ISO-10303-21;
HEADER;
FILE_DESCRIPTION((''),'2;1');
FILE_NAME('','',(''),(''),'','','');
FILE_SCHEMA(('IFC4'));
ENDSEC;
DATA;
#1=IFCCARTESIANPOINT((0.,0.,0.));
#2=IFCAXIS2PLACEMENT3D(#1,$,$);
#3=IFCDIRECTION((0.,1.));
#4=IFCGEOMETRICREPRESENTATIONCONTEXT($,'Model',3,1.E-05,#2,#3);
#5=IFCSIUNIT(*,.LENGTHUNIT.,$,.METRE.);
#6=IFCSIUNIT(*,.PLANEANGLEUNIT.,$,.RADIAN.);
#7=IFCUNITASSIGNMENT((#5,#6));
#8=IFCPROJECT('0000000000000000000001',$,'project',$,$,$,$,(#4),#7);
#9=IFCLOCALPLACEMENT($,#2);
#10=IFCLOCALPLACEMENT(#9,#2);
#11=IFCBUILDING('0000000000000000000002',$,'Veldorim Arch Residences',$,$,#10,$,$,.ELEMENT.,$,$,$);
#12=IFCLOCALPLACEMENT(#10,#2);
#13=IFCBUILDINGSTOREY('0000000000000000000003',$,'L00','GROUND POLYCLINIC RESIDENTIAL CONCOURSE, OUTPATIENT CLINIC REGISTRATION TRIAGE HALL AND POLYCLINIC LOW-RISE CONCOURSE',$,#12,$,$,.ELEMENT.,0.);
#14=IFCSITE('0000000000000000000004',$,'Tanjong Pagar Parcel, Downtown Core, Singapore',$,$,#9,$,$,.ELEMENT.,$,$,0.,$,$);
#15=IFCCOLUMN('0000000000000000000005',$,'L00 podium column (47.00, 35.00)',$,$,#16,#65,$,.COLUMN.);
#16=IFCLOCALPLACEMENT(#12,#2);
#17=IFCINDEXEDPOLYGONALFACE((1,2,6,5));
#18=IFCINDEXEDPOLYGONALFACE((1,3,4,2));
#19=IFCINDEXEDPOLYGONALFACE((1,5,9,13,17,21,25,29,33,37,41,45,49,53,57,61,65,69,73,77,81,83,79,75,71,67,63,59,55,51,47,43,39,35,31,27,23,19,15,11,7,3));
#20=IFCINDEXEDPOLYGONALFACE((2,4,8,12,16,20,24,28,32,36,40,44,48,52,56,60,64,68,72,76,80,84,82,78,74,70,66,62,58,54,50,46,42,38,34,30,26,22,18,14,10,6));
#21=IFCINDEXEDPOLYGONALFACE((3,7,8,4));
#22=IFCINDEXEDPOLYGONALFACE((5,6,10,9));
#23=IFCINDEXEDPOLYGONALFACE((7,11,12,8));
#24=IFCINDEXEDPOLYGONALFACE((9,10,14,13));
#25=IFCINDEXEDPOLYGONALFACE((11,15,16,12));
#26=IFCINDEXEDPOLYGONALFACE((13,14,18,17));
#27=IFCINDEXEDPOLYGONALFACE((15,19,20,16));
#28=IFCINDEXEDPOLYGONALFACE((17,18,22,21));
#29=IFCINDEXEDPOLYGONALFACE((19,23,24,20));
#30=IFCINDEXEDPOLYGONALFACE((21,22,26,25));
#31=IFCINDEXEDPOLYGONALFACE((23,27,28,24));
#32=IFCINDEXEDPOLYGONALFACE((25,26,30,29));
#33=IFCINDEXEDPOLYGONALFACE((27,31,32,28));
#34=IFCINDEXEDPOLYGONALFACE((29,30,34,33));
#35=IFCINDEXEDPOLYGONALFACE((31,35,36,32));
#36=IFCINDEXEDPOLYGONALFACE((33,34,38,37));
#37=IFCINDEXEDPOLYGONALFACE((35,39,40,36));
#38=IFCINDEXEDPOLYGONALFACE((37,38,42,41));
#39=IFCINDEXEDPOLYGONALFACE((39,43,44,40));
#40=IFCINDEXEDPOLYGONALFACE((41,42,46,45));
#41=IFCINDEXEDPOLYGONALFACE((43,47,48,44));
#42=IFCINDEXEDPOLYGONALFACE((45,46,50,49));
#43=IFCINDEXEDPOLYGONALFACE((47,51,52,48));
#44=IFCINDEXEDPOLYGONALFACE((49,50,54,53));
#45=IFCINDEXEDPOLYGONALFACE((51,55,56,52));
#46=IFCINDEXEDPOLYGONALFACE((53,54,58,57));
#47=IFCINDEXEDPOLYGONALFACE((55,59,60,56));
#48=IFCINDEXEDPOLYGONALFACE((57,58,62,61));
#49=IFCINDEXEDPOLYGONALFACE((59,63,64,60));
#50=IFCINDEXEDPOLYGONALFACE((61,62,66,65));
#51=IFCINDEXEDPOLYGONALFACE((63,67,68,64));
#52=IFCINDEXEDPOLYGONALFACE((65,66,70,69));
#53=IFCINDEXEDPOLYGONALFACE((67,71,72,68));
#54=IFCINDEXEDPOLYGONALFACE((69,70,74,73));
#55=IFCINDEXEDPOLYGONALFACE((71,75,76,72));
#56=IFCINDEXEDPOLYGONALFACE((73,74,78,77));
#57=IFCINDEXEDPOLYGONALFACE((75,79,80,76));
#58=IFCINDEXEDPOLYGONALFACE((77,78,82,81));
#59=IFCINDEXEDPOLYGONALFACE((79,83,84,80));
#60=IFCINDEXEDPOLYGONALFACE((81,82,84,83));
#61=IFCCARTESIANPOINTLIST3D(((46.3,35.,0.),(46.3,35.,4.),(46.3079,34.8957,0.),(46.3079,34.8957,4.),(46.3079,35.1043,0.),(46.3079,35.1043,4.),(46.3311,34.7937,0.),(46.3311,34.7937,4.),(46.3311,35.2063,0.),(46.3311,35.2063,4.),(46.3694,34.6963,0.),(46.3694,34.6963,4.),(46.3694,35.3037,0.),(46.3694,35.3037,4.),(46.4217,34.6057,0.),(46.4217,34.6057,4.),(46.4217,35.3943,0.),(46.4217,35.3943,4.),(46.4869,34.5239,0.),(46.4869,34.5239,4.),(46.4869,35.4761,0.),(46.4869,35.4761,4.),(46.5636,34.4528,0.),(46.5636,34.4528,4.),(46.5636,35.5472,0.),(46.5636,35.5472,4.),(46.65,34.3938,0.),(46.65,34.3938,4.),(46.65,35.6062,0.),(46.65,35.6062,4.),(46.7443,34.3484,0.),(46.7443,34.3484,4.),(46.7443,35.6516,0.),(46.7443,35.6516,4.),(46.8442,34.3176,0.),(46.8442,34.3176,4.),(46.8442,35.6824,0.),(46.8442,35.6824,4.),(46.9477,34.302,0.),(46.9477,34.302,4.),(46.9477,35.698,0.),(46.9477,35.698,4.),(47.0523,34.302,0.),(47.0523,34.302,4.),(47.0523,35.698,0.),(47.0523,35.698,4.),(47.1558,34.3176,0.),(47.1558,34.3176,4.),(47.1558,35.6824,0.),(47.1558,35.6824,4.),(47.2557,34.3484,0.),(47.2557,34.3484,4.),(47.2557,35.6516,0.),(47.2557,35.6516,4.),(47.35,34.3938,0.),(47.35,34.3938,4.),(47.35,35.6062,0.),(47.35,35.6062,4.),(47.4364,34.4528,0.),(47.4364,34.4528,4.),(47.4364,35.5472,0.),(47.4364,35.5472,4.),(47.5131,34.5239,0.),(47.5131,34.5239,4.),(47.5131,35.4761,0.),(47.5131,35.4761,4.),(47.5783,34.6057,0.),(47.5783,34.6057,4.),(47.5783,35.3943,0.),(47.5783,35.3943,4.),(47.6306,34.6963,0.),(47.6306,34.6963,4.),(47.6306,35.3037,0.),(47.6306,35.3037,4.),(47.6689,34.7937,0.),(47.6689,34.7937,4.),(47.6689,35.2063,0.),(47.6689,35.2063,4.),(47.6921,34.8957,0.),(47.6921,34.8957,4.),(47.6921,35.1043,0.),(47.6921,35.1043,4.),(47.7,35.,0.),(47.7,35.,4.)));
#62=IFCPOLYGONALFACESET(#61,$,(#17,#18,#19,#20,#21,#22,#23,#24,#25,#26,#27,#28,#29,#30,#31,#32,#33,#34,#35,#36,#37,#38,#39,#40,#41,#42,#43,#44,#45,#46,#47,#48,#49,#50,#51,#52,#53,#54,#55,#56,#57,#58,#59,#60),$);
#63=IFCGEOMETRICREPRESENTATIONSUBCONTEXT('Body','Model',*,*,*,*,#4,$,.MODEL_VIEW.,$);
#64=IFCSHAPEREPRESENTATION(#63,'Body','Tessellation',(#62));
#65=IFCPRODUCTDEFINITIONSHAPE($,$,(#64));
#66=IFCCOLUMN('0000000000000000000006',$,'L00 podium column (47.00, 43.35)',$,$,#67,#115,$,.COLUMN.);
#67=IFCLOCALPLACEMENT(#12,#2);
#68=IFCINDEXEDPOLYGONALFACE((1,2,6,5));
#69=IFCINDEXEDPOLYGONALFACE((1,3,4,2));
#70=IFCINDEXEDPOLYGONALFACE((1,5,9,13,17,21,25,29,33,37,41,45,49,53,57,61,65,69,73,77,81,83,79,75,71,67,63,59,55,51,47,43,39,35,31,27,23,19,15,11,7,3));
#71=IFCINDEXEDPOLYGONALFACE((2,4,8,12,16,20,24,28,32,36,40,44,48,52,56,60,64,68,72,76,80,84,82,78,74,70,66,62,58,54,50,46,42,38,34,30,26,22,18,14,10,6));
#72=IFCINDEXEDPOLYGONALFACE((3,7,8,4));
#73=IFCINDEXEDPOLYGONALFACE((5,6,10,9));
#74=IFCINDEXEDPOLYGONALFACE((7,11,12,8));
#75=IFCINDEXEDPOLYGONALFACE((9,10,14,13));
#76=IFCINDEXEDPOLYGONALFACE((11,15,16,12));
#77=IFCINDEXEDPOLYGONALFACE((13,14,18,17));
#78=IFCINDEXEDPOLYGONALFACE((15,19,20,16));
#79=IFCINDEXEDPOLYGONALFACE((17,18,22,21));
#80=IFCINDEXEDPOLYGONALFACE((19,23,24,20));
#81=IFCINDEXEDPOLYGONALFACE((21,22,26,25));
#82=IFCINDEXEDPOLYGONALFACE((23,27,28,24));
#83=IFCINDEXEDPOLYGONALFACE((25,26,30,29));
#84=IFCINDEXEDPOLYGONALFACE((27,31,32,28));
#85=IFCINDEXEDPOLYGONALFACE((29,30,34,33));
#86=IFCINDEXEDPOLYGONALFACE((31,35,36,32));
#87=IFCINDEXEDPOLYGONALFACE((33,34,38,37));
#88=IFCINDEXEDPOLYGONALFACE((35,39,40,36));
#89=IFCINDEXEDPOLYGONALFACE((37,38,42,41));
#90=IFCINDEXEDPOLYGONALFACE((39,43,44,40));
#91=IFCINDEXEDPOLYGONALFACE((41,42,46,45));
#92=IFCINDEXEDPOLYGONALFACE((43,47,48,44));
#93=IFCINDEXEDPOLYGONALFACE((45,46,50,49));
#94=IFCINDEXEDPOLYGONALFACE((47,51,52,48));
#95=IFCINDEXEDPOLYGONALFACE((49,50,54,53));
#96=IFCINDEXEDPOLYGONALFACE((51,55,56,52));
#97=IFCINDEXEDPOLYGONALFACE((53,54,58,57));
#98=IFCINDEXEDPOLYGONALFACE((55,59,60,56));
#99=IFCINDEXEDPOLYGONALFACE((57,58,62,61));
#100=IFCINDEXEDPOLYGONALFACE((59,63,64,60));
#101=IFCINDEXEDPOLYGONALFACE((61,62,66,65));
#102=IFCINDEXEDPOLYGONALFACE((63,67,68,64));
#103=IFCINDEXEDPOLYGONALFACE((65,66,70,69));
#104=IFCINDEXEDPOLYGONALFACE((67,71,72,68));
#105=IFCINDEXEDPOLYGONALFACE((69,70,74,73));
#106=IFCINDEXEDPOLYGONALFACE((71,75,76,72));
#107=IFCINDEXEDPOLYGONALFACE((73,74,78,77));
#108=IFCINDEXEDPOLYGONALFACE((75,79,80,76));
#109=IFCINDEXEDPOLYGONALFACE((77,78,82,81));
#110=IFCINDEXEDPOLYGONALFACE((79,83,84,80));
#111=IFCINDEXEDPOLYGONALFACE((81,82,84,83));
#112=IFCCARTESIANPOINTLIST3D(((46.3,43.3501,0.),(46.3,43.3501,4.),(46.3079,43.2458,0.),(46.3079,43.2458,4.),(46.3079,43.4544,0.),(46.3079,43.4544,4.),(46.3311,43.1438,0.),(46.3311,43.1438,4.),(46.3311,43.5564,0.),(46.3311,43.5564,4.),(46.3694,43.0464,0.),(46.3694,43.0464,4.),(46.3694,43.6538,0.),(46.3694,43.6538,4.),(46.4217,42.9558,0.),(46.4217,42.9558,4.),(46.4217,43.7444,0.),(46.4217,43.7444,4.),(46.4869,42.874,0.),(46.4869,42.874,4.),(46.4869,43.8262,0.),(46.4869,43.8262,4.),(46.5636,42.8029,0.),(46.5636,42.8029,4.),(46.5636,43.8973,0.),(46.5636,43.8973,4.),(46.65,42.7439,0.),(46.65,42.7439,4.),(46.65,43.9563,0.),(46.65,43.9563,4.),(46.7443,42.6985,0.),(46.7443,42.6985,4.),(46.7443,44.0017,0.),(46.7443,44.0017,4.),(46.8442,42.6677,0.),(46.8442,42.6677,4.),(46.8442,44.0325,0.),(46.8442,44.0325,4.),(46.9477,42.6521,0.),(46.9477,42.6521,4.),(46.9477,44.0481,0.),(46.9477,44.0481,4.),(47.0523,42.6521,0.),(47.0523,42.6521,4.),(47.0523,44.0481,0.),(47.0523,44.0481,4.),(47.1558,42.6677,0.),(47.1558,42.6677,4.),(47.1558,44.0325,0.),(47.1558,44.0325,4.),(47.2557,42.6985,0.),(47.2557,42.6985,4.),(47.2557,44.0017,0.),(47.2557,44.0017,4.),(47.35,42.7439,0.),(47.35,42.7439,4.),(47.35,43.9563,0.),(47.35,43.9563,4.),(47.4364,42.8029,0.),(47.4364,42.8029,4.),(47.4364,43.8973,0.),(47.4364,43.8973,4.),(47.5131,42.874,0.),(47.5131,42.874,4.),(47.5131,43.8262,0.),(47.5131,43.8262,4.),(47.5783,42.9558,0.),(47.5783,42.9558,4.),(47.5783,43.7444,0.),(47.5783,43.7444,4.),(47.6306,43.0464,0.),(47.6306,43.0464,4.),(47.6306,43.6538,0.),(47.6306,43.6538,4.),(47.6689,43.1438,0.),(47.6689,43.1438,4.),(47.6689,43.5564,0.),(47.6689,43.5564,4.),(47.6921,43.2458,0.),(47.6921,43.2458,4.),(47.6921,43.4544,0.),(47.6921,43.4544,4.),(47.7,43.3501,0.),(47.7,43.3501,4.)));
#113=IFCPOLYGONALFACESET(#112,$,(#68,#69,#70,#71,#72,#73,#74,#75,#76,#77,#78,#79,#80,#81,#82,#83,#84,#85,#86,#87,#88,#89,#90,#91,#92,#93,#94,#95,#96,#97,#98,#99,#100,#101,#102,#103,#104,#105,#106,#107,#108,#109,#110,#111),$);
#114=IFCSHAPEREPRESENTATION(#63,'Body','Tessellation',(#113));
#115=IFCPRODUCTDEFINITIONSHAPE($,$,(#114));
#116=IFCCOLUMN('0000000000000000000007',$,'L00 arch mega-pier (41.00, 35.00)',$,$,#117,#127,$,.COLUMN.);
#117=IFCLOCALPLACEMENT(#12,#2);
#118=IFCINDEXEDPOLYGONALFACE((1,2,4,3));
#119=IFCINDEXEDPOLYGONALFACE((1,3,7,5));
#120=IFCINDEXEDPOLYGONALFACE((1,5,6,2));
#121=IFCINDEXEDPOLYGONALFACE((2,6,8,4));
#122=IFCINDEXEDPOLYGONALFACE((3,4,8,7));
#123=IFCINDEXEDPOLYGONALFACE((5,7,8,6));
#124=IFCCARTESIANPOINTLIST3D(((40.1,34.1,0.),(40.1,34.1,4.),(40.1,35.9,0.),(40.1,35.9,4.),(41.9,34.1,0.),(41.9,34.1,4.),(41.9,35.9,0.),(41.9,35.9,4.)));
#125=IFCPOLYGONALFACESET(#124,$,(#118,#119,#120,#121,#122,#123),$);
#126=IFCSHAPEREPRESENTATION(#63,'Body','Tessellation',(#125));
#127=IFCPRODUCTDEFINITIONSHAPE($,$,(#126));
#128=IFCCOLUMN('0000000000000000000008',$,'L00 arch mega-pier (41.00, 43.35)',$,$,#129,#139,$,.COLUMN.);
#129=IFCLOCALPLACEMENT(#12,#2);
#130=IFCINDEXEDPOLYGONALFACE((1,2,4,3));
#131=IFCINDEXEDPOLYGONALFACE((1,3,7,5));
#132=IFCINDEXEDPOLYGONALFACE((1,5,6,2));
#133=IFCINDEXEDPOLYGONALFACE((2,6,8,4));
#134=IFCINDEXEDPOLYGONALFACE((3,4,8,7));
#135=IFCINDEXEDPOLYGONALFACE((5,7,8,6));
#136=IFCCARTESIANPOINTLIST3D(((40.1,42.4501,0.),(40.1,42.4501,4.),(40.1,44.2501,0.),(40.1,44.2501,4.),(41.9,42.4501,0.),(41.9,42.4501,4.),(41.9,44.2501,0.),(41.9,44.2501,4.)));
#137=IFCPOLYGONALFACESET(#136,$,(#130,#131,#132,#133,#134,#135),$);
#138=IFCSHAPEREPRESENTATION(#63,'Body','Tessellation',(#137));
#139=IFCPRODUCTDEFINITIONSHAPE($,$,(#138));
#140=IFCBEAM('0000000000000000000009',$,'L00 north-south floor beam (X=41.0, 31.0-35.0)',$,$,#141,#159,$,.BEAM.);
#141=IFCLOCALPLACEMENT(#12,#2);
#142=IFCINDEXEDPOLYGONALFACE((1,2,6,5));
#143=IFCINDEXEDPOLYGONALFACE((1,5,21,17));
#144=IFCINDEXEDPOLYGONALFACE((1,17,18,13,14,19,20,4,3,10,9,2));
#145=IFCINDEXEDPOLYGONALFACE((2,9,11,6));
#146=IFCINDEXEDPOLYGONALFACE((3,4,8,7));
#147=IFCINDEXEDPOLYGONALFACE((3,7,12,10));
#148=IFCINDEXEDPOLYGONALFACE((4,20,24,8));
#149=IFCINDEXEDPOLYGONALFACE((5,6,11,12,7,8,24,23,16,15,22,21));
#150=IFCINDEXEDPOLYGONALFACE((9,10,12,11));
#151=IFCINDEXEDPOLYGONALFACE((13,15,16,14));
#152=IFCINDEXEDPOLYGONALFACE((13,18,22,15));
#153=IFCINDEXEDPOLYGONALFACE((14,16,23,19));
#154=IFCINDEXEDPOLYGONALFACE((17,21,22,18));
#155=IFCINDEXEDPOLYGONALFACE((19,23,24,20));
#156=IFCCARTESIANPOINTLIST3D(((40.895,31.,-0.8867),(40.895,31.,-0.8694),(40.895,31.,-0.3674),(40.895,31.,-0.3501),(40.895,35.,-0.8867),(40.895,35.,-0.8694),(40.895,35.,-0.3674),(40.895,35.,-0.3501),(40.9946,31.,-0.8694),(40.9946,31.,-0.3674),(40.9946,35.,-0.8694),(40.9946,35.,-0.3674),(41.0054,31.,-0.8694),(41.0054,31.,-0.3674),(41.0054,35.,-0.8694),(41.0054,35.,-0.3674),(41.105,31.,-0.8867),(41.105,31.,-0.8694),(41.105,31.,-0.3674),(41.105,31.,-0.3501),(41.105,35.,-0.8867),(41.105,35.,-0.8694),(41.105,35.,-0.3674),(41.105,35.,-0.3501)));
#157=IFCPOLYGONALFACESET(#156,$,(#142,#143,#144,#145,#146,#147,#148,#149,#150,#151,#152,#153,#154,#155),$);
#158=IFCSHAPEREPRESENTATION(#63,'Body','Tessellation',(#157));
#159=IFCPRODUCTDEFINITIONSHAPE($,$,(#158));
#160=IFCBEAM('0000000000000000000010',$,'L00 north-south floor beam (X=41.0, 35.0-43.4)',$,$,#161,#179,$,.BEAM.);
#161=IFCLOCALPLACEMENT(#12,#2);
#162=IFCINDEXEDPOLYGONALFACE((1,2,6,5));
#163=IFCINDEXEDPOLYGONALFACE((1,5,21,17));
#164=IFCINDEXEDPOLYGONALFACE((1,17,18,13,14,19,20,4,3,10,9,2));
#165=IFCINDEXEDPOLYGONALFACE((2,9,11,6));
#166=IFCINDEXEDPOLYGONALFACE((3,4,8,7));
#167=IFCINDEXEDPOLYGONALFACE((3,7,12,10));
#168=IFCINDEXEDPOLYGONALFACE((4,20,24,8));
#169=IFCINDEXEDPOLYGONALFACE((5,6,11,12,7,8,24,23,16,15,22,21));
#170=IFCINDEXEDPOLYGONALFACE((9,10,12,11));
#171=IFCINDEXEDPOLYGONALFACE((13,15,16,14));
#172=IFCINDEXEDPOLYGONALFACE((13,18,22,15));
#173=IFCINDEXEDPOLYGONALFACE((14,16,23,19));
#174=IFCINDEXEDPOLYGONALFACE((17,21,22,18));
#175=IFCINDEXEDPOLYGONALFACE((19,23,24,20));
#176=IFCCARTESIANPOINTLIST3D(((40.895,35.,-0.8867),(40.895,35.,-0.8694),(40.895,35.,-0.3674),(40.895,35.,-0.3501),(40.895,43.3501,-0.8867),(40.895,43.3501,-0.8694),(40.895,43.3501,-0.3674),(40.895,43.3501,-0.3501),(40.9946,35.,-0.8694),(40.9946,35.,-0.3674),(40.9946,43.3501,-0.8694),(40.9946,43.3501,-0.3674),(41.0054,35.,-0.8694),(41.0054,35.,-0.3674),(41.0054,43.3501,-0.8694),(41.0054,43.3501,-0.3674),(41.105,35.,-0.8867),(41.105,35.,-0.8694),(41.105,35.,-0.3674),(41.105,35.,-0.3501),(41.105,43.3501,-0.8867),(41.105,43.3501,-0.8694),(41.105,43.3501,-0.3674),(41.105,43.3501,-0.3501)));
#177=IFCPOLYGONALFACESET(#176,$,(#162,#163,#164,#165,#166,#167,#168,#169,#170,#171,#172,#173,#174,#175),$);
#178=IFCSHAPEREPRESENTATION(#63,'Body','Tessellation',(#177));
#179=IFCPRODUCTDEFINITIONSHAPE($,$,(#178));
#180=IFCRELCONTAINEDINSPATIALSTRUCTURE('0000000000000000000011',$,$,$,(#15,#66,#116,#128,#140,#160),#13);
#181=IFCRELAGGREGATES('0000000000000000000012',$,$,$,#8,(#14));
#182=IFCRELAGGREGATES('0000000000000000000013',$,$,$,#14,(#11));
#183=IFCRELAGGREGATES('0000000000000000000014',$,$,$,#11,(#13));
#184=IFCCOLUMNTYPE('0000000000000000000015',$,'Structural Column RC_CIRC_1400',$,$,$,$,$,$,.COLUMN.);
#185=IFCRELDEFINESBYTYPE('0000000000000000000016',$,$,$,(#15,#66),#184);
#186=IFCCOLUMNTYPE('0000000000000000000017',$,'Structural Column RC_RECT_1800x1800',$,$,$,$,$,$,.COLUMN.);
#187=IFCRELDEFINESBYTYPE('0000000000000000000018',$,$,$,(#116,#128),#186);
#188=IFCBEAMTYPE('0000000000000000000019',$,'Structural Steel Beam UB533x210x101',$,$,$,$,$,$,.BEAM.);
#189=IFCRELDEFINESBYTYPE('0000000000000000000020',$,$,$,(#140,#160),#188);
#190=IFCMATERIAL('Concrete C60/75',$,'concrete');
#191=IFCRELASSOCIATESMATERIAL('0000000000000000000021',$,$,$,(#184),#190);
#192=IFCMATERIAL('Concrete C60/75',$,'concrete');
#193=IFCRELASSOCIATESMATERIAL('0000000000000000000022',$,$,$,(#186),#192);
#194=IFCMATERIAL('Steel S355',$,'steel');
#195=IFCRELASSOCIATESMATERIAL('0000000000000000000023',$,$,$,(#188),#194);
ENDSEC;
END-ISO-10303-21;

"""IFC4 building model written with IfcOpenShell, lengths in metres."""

from ifc_helpers import new_model, si_unit, direction, frame, origin, origin_2d, place, context, subcontext, project, spatial, rectangle, circle, i_section, extrude, material, material_profile, profile_set, type_object, element, save


model = new_model("IFC4")

# Units and contexts
model_context = context("Model", 3, precision=1e-05, world=origin(), true_north=direction((0.0, 1.0)))
body_context = subcontext(model_context, "Body", "Model", "MODEL_VIEW")
ifc_project = project(units=[si_unit("LENGTHUNIT", "METRE"), si_unit("PLANEANGLEUNIT", "RADIAN")], contexts=[model_context])

# Site, building, storey
site_placement = place(None, origin())
site = spatial("IfcSite", under=ifc_project, at=site_placement, Name="Tanjong Pagar Parcel, Downtown Core, Singapore", CompositionType="ELEMENT", RefElevation=0.0)
building_placement = place(site_placement, origin())
building = spatial("IfcBuilding", under=site, at=building_placement, Name="Veldorim Arch Residences", CompositionType="ELEMENT")
storey_placement = place(building_placement, origin())
storey = spatial("IfcBuildingStorey", under=building, at=storey_placement, Name="L00", Description="GROUND POLYCLINIC RESIDENTIAL CONCOURSE, OUTPATIENT CLINIC REGISTRATION TRIAGE HALL AND POLYCLINIC LOW-RISE CONCOURSE", CompositionType="ELEMENT", Elevation=0.0)

# Columns
ifc_material_1 = material(Name="Concrete C60/75", Category="concrete")
ifc_material_profile_1 = material_profile(ifc_material_1, circle(Radius=0.7, at=origin_2d()), Name="RC_CIRC_1400")
ifc_profile_set_1 = profile_set([ifc_material_profile_1], Name="Concrete C60/75")
column_type_1 = type_object("IfcColumnType", Name="Structural Column RC_CIRC_1400", PredefinedType="COLUMN", material=ifc_profile_set_1)
for number, where, z_axis, x_axis, name in (
    (1, (47.0, 35.0, 0.0), (0.0, 0.0, 1.0), (1.0, 0.0, 0.0), "L00 podium column (47.00, 35.00)"),
    (2, (47.0, 43.3501, 0.0), (0.0, 0.0, 1.0), (1.0, 0.0, 0.0), "L00 podium column (47.00, 43.35)"),
):
    element("IfcColumn", number, at=place(storey_placement, frame(where, z_axis=z_axis, x_axis=x_axis)), inside=storey, type_object=column_type_1, Name=name, PredefinedType="COLUMN", context=body_context, shape_type="SweptSolid", body=[
        extrude(circle(Radius=0.7, at=origin_2d()), origin(), (0.0, 0.0, 1.0), 4.0),
    ])
ifc_material_2 = material(Name="Concrete C60/75", Category="concrete")
ifc_material_profile_2 = material_profile(ifc_material_2, rectangle(XDim=1.8, YDim=1.8, at=origin_2d()), Name="RC_RECT_1800x1800")
ifc_profile_set_2 = profile_set([ifc_material_profile_2], Name="Concrete C60/75")
column_type_2 = type_object("IfcColumnType", Name="Structural Column RC_RECT_1800x1800", PredefinedType="COLUMN", material=ifc_profile_set_2)
for number, where, z_axis, x_axis, name in (
    (3, (41.0, 35.0, 0.0), (0.0, 0.0, 1.0), (1.0, 0.0, 0.0), "L00 arch mega-pier (41.00, 35.00)"),
    (4, (41.0, 43.3501, 0.0), (0.0, 0.0, 1.0), (1.0, 0.0, 0.0), "L00 arch mega-pier (41.00, 43.35)"),
):
    element("IfcColumn", number, at=place(storey_placement, frame(where, z_axis=z_axis, x_axis=x_axis)), inside=storey, type_object=column_type_2, Name=name, PredefinedType="COLUMN", context=body_context, shape_type="SweptSolid", body=[
        extrude(rectangle(XDim=1.8, YDim=1.8, at=origin_2d()), origin(), (0.0, 0.0, 1.0), 4.0),
    ])

# Beams
ifc_material_3 = material(Name="Steel S355", Category="steel")
ifc_material_profile_3 = material_profile(ifc_material_3, i_section(OverallWidth=0.21, OverallDepth=0.5366, WebThickness=0.0107, FlangeThickness=0.0173, at=origin_2d()), Name="UB533x210x101")
ifc_profile_set_3 = profile_set([ifc_material_profile_3], Name="Steel S355")
beam_type_1 = type_object("IfcBeamType", Name="Structural Steel Beam UB533x210x101", PredefinedType="BEAM", material=ifc_profile_set_3)
beam_1_placement = place(storey_placement, frame((41.0, 31.0, -0.6184), z_axis=(0.0, 1.0, 0.0), x_axis=(-1.0, 0.0, 0.0)))
element("IfcBeam", 5, at=beam_1_placement, inside=storey, type_object=beam_type_1, Name="L00 north-south floor beam (X=41.0, 31.0-35.0)", PredefinedType="BEAM", context=body_context, shape_type="SweptSolid", body=[
    extrude(i_section(OverallWidth=0.21, OverallDepth=0.5366, WebThickness=0.0107, FlangeThickness=0.0173, at=origin_2d()), origin(), (0.0, 0.0, 1.0), 4.0),
])
beam_2_placement = place(storey_placement, frame((41.0, 35.0, -0.6184), z_axis=(0.0, 1.0, 0.0), x_axis=(-1.0, 0.0, 0.0)))
element("IfcBeam", 6, at=beam_2_placement, inside=storey, type_object=beam_type_1, Name="L00 north-south floor beam (X=41.0, 35.0-43.4)", PredefinedType="BEAM", context=body_context, shape_type="SweptSolid", body=[
    extrude(i_section(OverallWidth=0.21, OverallDepth=0.5366, WebThickness=0.0107, FlangeThickness=0.0173, at=origin_2d()), origin(), (0.0, 0.0, 1.0), 8.3501),
])

save(model, "model.ifc")
